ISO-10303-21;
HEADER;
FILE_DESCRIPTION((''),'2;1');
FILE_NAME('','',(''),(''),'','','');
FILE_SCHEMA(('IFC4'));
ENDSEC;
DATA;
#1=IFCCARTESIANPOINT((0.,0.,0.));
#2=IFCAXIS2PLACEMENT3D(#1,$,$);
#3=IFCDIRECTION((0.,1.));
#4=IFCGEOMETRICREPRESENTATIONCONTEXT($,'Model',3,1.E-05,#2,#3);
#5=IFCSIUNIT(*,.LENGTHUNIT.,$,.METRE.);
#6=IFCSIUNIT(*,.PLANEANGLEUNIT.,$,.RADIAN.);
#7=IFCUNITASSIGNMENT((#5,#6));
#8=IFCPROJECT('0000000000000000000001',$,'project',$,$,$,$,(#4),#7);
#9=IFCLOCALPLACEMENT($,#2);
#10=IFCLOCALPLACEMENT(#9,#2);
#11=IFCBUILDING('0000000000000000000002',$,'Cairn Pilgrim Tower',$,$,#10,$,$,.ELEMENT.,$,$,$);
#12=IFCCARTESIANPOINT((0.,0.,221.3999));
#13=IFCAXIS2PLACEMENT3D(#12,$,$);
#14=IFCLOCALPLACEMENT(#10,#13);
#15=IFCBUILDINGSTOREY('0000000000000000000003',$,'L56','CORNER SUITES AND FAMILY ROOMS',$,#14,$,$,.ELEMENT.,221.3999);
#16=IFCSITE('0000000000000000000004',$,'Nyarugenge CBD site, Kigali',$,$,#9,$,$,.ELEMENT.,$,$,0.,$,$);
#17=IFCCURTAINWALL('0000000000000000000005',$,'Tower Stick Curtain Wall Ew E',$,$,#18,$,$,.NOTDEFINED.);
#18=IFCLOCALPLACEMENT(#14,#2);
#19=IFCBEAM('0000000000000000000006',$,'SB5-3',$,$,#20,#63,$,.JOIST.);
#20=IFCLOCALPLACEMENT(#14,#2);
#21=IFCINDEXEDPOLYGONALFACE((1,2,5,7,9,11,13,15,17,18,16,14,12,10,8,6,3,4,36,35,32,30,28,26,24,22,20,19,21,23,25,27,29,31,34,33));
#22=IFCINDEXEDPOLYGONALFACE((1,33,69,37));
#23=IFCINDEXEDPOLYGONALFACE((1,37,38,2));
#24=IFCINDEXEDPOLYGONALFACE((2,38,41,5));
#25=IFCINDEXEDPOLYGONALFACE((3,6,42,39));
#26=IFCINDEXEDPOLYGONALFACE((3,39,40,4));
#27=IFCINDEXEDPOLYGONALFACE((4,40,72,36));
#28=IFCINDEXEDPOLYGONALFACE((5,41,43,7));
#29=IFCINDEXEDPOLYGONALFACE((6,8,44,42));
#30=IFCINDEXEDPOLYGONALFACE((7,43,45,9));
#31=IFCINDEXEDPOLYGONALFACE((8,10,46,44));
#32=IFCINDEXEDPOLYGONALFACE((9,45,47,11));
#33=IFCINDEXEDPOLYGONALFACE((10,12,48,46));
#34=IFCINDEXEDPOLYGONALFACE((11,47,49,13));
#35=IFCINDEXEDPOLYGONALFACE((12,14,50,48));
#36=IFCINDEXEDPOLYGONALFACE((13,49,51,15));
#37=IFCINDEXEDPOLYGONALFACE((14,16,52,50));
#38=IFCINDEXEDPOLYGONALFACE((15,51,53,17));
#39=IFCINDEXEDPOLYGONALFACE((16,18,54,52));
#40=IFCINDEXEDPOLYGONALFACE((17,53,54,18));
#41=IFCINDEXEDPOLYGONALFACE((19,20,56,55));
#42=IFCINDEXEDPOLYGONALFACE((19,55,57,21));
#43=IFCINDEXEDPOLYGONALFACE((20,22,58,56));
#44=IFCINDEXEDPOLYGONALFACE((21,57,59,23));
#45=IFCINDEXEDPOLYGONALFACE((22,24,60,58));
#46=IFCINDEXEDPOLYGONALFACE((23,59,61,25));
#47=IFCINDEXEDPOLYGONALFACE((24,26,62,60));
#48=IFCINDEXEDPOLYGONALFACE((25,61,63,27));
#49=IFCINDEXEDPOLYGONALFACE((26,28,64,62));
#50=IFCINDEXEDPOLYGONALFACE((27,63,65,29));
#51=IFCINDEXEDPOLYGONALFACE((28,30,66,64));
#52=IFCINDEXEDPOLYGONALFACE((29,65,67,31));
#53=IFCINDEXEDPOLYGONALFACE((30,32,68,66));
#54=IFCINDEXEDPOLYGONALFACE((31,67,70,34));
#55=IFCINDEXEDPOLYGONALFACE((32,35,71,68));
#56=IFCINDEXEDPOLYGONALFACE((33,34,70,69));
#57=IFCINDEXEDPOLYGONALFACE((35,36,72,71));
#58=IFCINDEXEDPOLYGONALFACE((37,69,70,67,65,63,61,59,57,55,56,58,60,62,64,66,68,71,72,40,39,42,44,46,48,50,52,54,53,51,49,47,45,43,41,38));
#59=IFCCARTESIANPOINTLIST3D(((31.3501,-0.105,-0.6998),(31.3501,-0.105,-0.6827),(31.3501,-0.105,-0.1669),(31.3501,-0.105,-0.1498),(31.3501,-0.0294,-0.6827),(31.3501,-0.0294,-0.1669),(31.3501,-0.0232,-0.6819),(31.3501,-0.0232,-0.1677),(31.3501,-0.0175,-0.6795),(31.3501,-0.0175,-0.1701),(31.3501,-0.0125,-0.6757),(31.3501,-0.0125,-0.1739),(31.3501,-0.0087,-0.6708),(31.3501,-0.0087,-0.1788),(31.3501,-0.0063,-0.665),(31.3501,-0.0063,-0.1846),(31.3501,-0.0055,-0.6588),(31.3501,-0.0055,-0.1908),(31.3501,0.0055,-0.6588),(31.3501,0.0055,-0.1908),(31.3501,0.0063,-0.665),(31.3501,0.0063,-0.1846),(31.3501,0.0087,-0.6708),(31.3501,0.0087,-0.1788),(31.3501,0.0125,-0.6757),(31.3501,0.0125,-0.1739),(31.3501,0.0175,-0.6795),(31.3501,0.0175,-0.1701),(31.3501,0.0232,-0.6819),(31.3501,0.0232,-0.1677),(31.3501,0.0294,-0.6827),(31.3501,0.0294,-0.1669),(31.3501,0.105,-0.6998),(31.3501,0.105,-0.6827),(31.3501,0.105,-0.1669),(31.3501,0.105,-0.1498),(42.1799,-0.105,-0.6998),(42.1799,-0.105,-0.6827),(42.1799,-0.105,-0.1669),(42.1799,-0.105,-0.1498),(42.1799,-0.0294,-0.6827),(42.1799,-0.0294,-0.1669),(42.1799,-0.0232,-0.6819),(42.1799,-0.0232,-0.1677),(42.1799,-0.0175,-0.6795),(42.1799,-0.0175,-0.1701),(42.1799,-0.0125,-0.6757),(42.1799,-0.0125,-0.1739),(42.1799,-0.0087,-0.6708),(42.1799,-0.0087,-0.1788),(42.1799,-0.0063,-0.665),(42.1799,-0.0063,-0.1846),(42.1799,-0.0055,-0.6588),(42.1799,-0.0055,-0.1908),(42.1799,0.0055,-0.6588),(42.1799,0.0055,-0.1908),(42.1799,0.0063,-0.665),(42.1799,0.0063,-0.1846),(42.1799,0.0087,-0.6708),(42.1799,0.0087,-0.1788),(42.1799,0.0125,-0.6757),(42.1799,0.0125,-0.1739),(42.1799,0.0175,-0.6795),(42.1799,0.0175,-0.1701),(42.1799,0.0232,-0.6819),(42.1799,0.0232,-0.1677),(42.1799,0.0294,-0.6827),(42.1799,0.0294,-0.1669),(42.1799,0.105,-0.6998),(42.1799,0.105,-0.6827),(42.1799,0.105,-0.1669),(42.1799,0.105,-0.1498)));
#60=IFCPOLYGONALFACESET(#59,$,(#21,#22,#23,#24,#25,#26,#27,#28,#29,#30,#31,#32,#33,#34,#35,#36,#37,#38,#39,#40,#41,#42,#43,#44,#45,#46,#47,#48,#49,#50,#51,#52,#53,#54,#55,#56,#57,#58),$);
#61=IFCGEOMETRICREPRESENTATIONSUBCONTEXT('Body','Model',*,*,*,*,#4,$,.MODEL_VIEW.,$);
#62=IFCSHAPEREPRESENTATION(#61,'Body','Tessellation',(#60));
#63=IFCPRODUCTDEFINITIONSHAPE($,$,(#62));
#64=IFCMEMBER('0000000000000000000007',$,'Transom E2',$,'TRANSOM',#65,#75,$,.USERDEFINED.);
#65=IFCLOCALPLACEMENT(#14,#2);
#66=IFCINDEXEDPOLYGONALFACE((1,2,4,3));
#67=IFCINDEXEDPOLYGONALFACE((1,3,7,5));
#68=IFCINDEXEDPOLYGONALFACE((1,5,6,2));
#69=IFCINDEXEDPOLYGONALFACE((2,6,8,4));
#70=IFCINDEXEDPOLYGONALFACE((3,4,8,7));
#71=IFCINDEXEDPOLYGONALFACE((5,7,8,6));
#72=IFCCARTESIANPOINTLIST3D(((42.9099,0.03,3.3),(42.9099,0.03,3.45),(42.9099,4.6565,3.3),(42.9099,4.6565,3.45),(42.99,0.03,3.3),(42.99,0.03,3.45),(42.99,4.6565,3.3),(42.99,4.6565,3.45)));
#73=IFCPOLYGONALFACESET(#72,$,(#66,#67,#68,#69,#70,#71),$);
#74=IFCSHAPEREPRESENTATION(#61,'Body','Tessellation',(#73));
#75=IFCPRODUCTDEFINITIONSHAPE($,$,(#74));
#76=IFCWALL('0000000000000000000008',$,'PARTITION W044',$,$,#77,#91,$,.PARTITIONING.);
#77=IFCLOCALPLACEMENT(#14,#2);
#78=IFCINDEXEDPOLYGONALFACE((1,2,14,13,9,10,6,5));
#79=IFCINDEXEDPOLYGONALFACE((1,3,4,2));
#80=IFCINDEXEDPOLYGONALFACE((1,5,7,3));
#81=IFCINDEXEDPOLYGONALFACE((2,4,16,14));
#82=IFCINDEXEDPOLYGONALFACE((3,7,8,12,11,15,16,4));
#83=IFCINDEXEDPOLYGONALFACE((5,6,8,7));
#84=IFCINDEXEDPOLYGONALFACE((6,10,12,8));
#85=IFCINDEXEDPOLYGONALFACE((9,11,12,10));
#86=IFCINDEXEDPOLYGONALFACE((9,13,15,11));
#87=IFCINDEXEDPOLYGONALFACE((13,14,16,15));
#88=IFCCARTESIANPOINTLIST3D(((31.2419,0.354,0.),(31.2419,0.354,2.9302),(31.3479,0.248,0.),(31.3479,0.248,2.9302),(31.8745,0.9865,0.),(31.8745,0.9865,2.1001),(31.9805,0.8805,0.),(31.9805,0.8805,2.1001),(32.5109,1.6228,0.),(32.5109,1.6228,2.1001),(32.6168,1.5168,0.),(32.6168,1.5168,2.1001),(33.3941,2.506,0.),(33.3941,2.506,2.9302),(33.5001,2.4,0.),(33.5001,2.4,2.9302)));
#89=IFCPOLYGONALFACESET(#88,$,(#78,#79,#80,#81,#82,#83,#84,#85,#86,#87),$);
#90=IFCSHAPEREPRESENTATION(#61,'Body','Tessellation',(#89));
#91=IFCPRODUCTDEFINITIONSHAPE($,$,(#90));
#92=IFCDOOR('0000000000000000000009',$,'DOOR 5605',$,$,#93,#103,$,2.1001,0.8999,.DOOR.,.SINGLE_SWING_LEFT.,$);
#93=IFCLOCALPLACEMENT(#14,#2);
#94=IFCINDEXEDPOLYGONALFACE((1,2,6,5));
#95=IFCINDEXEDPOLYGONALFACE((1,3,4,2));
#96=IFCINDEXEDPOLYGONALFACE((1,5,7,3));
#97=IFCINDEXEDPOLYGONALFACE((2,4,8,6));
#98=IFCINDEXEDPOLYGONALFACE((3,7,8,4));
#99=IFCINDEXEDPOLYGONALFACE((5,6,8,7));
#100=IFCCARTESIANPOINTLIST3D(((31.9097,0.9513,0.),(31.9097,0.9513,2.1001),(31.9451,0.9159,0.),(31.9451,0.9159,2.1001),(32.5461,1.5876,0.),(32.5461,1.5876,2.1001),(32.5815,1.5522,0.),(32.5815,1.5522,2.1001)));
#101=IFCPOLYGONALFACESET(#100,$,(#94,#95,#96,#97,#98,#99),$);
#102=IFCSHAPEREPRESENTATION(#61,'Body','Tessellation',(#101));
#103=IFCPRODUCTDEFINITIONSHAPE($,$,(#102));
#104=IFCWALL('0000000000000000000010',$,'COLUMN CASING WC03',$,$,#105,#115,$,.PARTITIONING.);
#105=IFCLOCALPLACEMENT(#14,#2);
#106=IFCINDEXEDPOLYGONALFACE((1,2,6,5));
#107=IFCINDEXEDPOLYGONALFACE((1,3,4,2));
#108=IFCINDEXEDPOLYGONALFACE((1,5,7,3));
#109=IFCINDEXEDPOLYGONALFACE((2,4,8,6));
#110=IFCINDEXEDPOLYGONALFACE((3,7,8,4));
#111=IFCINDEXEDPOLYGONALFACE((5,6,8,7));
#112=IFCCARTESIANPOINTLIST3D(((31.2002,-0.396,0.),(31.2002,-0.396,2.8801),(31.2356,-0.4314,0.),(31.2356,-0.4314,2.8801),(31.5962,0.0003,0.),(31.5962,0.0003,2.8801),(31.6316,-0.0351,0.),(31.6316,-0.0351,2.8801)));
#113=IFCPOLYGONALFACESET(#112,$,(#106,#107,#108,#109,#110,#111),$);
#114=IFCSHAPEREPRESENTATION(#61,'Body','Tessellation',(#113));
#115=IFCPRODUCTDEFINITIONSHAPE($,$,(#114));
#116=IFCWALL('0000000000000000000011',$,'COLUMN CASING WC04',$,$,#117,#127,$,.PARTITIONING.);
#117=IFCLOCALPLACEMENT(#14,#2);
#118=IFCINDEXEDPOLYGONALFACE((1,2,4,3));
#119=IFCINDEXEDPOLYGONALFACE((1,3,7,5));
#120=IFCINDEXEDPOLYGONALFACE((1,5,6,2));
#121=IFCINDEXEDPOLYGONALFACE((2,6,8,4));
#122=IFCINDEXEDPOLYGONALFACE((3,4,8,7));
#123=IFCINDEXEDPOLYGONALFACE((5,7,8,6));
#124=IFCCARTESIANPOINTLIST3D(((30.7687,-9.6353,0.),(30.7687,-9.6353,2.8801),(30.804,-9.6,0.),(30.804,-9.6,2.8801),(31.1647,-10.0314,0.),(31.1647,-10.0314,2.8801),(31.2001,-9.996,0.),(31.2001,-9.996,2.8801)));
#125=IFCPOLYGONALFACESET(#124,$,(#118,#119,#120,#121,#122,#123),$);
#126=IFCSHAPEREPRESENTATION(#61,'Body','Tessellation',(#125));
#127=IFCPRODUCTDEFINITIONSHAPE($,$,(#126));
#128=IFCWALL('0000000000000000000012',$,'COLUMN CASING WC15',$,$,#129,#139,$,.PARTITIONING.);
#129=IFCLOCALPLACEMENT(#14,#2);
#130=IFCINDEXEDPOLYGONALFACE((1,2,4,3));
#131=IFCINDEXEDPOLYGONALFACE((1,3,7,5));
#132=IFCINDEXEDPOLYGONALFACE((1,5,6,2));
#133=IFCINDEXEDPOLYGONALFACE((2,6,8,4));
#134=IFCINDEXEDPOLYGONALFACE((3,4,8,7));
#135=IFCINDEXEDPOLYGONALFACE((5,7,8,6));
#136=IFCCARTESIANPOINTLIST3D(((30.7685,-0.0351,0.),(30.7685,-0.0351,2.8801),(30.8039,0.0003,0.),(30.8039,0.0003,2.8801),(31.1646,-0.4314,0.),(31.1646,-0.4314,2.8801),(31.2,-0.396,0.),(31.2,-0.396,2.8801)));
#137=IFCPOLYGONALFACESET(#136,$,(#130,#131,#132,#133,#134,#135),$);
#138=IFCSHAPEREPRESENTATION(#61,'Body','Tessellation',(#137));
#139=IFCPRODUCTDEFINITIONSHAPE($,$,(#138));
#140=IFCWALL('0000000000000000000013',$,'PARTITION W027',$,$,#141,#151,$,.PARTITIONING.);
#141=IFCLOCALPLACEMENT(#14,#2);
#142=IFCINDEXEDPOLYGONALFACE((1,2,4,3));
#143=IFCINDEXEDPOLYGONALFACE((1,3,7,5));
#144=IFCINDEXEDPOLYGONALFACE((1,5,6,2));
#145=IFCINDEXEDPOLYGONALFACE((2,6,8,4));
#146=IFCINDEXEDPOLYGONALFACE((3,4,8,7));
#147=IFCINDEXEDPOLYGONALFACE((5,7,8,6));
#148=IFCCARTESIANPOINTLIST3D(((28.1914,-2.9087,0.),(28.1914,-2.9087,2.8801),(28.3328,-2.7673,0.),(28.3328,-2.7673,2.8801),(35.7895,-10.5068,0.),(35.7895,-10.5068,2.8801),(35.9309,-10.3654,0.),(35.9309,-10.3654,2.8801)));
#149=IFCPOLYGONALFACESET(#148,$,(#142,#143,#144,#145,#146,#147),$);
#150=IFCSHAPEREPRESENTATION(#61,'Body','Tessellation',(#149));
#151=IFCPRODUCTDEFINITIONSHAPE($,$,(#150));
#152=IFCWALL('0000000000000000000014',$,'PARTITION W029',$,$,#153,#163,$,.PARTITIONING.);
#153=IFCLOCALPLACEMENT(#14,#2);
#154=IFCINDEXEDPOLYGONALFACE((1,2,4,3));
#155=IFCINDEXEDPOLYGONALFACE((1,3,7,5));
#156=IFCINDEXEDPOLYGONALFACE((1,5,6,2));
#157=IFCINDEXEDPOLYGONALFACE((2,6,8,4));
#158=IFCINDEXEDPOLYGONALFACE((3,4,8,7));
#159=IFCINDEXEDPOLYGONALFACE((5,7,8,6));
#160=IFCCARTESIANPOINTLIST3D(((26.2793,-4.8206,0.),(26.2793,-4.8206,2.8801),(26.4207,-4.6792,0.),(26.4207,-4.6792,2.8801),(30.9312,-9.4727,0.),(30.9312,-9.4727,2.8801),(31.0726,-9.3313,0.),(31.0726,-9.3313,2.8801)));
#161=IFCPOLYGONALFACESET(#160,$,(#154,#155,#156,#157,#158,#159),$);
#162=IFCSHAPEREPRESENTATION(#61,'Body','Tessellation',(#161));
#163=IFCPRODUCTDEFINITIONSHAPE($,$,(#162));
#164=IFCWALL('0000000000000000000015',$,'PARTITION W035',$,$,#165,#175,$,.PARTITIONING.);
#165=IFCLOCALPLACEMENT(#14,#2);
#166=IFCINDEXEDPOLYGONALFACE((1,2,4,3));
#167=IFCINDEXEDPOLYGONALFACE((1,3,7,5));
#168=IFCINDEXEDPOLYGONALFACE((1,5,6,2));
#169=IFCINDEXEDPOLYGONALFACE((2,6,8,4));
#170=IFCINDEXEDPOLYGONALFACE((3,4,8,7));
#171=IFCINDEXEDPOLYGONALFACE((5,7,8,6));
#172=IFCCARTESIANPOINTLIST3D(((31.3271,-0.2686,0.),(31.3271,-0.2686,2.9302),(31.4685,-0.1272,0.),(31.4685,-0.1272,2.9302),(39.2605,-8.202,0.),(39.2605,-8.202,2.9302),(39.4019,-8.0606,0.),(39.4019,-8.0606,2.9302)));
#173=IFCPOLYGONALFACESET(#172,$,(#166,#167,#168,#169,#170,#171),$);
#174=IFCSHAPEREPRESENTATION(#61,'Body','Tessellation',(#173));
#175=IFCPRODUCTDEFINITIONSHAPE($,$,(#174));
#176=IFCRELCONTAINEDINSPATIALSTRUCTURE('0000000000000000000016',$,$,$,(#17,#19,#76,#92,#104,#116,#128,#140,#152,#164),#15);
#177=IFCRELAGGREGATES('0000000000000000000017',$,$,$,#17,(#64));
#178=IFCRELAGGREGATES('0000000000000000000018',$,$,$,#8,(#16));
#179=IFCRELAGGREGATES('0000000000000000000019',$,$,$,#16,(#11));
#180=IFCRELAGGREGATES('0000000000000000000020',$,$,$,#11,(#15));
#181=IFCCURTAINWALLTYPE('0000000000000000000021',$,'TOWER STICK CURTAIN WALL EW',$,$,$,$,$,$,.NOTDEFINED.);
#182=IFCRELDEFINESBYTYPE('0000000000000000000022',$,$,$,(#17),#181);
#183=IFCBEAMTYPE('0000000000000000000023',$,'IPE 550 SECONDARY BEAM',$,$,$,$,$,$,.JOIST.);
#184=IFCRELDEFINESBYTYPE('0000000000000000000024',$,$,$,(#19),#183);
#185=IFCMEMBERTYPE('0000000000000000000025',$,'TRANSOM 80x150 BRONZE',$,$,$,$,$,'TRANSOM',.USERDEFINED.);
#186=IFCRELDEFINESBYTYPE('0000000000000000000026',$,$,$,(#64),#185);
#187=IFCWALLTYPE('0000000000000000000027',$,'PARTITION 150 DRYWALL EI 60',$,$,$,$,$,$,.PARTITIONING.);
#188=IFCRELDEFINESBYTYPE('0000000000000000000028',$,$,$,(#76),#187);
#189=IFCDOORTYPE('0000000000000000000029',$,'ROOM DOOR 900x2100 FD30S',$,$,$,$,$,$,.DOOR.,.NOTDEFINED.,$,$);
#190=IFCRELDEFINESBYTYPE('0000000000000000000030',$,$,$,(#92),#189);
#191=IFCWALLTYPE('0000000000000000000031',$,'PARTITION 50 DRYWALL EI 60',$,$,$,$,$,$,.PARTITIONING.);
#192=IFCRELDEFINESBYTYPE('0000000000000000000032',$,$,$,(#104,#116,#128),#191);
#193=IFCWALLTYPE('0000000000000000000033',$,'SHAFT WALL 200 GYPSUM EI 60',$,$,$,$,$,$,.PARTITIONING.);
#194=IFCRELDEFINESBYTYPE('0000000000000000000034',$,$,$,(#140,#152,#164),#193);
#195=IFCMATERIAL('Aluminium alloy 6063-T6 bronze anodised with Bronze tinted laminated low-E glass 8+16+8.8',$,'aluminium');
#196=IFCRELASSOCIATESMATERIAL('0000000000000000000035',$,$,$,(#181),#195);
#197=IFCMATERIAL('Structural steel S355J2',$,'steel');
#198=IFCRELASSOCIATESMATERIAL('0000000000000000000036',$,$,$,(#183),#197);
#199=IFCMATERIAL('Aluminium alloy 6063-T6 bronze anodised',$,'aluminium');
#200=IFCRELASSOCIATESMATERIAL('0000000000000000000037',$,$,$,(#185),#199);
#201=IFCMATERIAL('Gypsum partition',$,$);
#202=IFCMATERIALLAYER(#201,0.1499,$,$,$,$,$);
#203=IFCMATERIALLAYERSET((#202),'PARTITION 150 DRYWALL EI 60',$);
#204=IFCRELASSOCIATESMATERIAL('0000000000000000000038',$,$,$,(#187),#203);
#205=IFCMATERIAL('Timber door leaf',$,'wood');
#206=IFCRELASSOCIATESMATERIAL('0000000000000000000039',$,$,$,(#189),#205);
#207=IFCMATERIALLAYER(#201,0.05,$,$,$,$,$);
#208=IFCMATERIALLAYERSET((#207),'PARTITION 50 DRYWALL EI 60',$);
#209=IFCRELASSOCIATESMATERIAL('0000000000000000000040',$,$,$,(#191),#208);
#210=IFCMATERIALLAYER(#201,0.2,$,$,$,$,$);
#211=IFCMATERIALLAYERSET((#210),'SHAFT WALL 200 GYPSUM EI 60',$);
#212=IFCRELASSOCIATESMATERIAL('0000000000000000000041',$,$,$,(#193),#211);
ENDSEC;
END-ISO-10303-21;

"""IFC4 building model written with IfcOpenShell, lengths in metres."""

from ifc_helpers import new_model, si_unit, direction, frame, frame_2d, origin, origin_2d, place, context, subcontext, project, spatial, rectangle, i_section, extrude, material, layer, layer_set, material_profile, profile_set, type_object, element, fill, aggregate, save


model = new_model("IFC4")

# Units and contexts
model_context = context("Model", 3, precision=1e-05, world=origin(), true_north=direction((0.0, 1.0)))
body_context = subcontext(model_context, "Body", "Model", "MODEL_VIEW")
ifc_project = project(units=[si_unit("LENGTHUNIT", "METRE"), si_unit("PLANEANGLEUNIT", "RADIAN")], contexts=[model_context])

# Site, building, storey
site_placement = place(None, origin())
site = spatial("IfcSite", under=ifc_project, at=site_placement, Name="Nyarugenge CBD site, Kigali", CompositionType="ELEMENT", RefElevation=0.0)
building_placement = place(site_placement, origin())
building = spatial("IfcBuilding", under=site, at=building_placement, Name="Cairn Pilgrim Tower", CompositionType="ELEMENT")
storey_placement = place(building_placement, frame((0.0, 0.0, 221.3999)))
storey = spatial("IfcBuildingStorey", under=building, at=storey_placement, Name="L56", Description="CORNER SUITES AND FAMILY ROOMS", CompositionType="ELEMENT", Elevation=221.3999)

# Shared definitions
ifc_material_1 = material(Name="Structural steel S355J2", Category="steel")

# Shared definitions
ifc_material_2 = material(Name="Aluminium alloy 6063-T6 bronze anodised with Bronze tinted laminated low-E glass 8+16+8.8", Category="aluminium")
ifc_material_3 = material(Name="Aluminium alloy 6063-T6 bronze anodised", Category="aluminium")

# Curtain wall
curtain_wall_type_1 = type_object("IfcCurtainWallType", Name="TOWER STICK CURTAIN WALL EW", PredefinedType="NOTDEFINED", material=ifc_material_2)
curtain_wall_1_placement = place(storey_placement, origin())
curtain_wall_1 = element("IfcCurtainWall", 1, at=curtain_wall_1_placement, inside=storey, type_object=curtain_wall_type_1, Name="Tower Stick Curtain Wall Ew E", PredefinedType="NOTDEFINED")

# Beam
ifc_material_profile_1 = material_profile(ifc_material_1, i_section(OverallWidth=0.21, OverallDepth=0.55, WebThickness=0.011, FlangeThickness=0.0171, FilletRadius=0.0239, at=origin_2d()), Name="IPE 550")
ifc_profile_set_1 = profile_set([ifc_material_profile_1], Name="Structural steel S355J2")
beam_type_1 = type_object("IfcBeamType", Name="IPE 550 SECONDARY BEAM", PredefinedType="JOIST", material=ifc_profile_set_1)
beam_1_placement = place(storey_placement, frame((31.3501, 0.0, -0.4248), z_axis=(1.0, 0.0, 0.0), x_axis=(0.0, 1.0, 0.0)))
element("IfcBeam", 2, at=beam_1_placement, inside=storey, type_object=beam_type_1, Name="SB5-3", PredefinedType="JOIST", context=body_context, shape_type="SweptSolid", body=[
    extrude(i_section(OverallWidth=0.21, OverallDepth=0.55, WebThickness=0.011, FlangeThickness=0.0171, FilletRadius=0.0239, at=origin_2d()), origin(), (0.0, 0.0, 1.0), 10.8298),
])

# Member
ifc_material_profile_2 = material_profile(ifc_material_3, rectangle(XDim=0.0801, YDim=0.1499, at=origin_2d()), Name="TRANSOM 80x150 BRONZE")
ifc_profile_set_2 = profile_set([ifc_material_profile_2], Name="Aluminium alloy 6063-T6 bronze anodised")
member_type_1 = type_object("IfcMemberType", Name="TRANSOM 80x150 BRONZE", ElementType="TRANSOM", PredefinedType="USERDEFINED", material=ifc_profile_set_2)
member_1_placement = place(storey_placement, frame((42.95, 0.03, 3.375), z_axis=(0.0, 1.0, 0.0), x_axis=(-1.0, 0.0, 0.0)))
member_1 = element("IfcMember", 3, at=member_1_placement, type_object=member_type_1, Name="Transom E2", ObjectType="TRANSOM", PredefinedType="USERDEFINED", context=body_context, shape_type="SweptSolid", body=[
    extrude(rectangle(XDim=0.0801, YDim=0.1499, at=origin_2d()), origin(), (0.0, 0.0, 1.0), 4.6265),
])
aggregate(curtain_wall_1, [member_1])

# Wall, opening, door
ifc_material_4 = material(Name="Gypsum partition")
ifc_layer_1 = layer(ifc_material_4, 0.1499)
ifc_layer_set_1 = layer_set([ifc_layer_1], Name="PARTITION 150 DRYWALL EI 60")
wall_type_1 = type_object("IfcWallType", Name="PARTITION 150 DRYWALL EI 60", PredefinedType="PARTITIONING", material=ifc_layer_set_1)
wall_1_placement = place(storey_placement, frame((31.2949, 0.301, 0.0), z_axis=(0.0, 0.0, 1.0), x_axis=(0.707147, 0.707067, 0.0)))
wall_1 = element("IfcWall", 4, at=wall_1_placement, inside=storey, type_object=wall_type_1, Name="PARTITION W044", PredefinedType="PARTITIONING", context=body_context, shape_type="SweptSolid", body=[
    extrude(rectangle(XDim=3.0435, YDim=0.1499, at=frame_2d((1.5217, 0.0))), origin(), (0.0, 0.0, 1.0), 2.9302),
])
opening_1_placement = place(wall_1_placement, frame((0.8945, 0.0, 0.0)))
opening_1 = element("IfcOpeningElement", 5, at=opening_1_placement, cuts=wall_1, PredefinedType="OPENING", context=body_context, shape_type="SweptSolid", body=[
    extrude(rectangle(XDim=0.8999, YDim=2.1001, at=frame_2d((0.45, 1.05))), frame((0.0, 0.085, 0.0), z_axis=(0.0, -1.0, 0.0), x_axis=(1.0, 0.0, 0.0)), (0.0, 0.0, 1.0), 0.1699),
])
ifc_material_5 = material(Name="Timber door leaf", Category="wood")
door_type_1 = type_object("IfcDoorType", Name="ROOM DOOR 900x2100 FD30S", OperationType="NOTDEFINED", PredefinedType="DOOR", material=ifc_material_5)
door_1_placement = place(opening_1_placement, frame((0.8999, 0.0, 0.0), z_axis=(0.0, 0.0, 1.0), x_axis=(-1.0, 0.0, 0.0)))
door_1 = element("IfcDoor", 6, at=door_1_placement, inside=storey, type_object=door_type_1, Name="DOOR 5605", OperationType="SINGLE_SWING_LEFT", OverallHeight=2.1001, OverallWidth=0.8999, PredefinedType="DOOR", context=body_context, shape_type="SweptSolid", body=[
    extrude(rectangle(XDim=0.8999, YDim=2.1001, at=frame_2d((0.45, 1.05))), frame((0.0, 0.0249, 0.0), z_axis=(0.0, -1.0, 0.0), x_axis=(1.0, 0.0, 0.0)), (0.0, 0.0, 1.0), 0.05),
])
fill(opening_1, door_1)

# Walls
ifc_layer_2 = layer(ifc_material_4, 0.05)
ifc_layer_set_2 = layer_set([ifc_layer_2], Name="PARTITION 50 DRYWALL EI 60")
wall_type_2 = type_object("IfcWallType", Name="PARTITION 50 DRYWALL EI 60", PredefinedType="PARTITIONING", material=ifc_layer_set_2)
wall_2_placement = place(storey_placement, frame((31.2178, -0.4138, 0.0), z_axis=(0.0, 0.0, 1.0), x_axis=(0.706889, 0.707325, 0.0)))
element("IfcWall", 7, at=wall_2_placement, inside=storey, type_object=wall_type_2, Name="COLUMN CASING WC03", PredefinedType="PARTITIONING", context=body_context, shape_type="SweptSolid", body=[
    extrude(rectangle(XDim=0.5603, YDim=0.05, at=frame_2d((0.2803, 0.0))), origin(), (0.0, 0.0, 1.0), 2.8801),
])
wall_3_placement = place(storey_placement, frame((31.1824, -10.0137, 0.0), z_axis=(0.0, 0.0, 1.0), x_axis=(-0.707107, 0.707107, 0.0)))
element("IfcWall", 8, at=wall_3_placement, inside=storey, type_object=wall_type_2, Name="COLUMN CASING WC04", PredefinedType="PARTITIONING", context=body_context, shape_type="SweptSolid", body=[
    extrude(rectangle(XDim=0.5601, YDim=0.05, at=frame_2d((0.28, 0.0))), origin(), (0.0, 0.0, 1.0), 2.8801),
])
wall_4_placement = place(storey_placement, frame((31.1824, -0.4138, 0.0), z_axis=(0.0, 0.0, 1.0), x_axis=(-0.706889, 0.707325, 0.0)))
element("IfcWall", 9, at=wall_4_placement, inside=storey, type_object=wall_type_2, Name="COLUMN CASING WC15", PredefinedType="PARTITIONING", context=body_context, shape_type="SweptSolid", body=[
    extrude(rectangle(XDim=0.5603, YDim=0.05, at=frame_2d((0.2803, 0.0))), origin(), (0.0, 0.0, 1.0), 2.8801),
])
ifc_layer_3 = layer(ifc_material_4, 0.2)
ifc_layer_set_3 = layer_set([ifc_layer_3], Name="SHAFT WALL 200 GYPSUM EI 60")
wall_type_3 = type_object("IfcWallType", Name="SHAFT WALL 200 GYPSUM EI 60", PredefinedType="PARTITIONING", material=ifc_layer_set_3)
wall_5_placement = place(storey_placement, frame((35.8601, -10.436, 0.0), z_axis=(0.0, 0.0, 1.0), x_axis=(-0.707107, 0.707107, 0.0)))
element("IfcWall", 10, at=wall_5_placement, inside=storey, type_object=wall_type_3, Name="PARTITION W027", PredefinedType="PARTITIONING", context=body_context, shape_type="SweptSolid", body=[
    extrude(rectangle(XDim=10.7454, YDim=0.2, at=frame_2d((5.3726, 0.0))), origin(), (0.0, 0.0, 1.0), 2.8801),
])
wall_6_placement = place(storey_placement, frame((31.002, -9.4021, 0.0), z_axis=(0.0, 0.0, 1.0), x_axis=(-0.707088, 0.707125, 0.0)))
element("IfcWall", 11, at=wall_6_placement, inside=storey, type_object=wall_type_3, Name="PARTITION W029", PredefinedType="PARTITIONING", context=body_context, shape_type="SweptSolid", body=[
    extrude(rectangle(XDim=6.5789, YDim=0.2, at=frame_2d((3.2896, 0.0))), origin(), (0.0, 0.0, 1.0), 2.8801),
])
wall_7_placement = place(storey_placement, frame((39.3313, -8.1313, 0.0), z_axis=(0.0, 0.0, 1.0), x_axis=(-0.707107, 0.707107, 0.0)))
element("IfcWall", 12, at=wall_7_placement, inside=storey, type_object=wall_type_3, Name="PARTITION W035", PredefinedType="PARTITIONING", context=body_context, shape_type="SweptSolid", body=[
    extrude(rectangle(XDim=11.2195, YDim=0.2, at=frame_2d((5.6099, 0.0))), origin(), (0.0, 0.0, 1.0), 2.9302),
])

save(model, "model.ifc")
